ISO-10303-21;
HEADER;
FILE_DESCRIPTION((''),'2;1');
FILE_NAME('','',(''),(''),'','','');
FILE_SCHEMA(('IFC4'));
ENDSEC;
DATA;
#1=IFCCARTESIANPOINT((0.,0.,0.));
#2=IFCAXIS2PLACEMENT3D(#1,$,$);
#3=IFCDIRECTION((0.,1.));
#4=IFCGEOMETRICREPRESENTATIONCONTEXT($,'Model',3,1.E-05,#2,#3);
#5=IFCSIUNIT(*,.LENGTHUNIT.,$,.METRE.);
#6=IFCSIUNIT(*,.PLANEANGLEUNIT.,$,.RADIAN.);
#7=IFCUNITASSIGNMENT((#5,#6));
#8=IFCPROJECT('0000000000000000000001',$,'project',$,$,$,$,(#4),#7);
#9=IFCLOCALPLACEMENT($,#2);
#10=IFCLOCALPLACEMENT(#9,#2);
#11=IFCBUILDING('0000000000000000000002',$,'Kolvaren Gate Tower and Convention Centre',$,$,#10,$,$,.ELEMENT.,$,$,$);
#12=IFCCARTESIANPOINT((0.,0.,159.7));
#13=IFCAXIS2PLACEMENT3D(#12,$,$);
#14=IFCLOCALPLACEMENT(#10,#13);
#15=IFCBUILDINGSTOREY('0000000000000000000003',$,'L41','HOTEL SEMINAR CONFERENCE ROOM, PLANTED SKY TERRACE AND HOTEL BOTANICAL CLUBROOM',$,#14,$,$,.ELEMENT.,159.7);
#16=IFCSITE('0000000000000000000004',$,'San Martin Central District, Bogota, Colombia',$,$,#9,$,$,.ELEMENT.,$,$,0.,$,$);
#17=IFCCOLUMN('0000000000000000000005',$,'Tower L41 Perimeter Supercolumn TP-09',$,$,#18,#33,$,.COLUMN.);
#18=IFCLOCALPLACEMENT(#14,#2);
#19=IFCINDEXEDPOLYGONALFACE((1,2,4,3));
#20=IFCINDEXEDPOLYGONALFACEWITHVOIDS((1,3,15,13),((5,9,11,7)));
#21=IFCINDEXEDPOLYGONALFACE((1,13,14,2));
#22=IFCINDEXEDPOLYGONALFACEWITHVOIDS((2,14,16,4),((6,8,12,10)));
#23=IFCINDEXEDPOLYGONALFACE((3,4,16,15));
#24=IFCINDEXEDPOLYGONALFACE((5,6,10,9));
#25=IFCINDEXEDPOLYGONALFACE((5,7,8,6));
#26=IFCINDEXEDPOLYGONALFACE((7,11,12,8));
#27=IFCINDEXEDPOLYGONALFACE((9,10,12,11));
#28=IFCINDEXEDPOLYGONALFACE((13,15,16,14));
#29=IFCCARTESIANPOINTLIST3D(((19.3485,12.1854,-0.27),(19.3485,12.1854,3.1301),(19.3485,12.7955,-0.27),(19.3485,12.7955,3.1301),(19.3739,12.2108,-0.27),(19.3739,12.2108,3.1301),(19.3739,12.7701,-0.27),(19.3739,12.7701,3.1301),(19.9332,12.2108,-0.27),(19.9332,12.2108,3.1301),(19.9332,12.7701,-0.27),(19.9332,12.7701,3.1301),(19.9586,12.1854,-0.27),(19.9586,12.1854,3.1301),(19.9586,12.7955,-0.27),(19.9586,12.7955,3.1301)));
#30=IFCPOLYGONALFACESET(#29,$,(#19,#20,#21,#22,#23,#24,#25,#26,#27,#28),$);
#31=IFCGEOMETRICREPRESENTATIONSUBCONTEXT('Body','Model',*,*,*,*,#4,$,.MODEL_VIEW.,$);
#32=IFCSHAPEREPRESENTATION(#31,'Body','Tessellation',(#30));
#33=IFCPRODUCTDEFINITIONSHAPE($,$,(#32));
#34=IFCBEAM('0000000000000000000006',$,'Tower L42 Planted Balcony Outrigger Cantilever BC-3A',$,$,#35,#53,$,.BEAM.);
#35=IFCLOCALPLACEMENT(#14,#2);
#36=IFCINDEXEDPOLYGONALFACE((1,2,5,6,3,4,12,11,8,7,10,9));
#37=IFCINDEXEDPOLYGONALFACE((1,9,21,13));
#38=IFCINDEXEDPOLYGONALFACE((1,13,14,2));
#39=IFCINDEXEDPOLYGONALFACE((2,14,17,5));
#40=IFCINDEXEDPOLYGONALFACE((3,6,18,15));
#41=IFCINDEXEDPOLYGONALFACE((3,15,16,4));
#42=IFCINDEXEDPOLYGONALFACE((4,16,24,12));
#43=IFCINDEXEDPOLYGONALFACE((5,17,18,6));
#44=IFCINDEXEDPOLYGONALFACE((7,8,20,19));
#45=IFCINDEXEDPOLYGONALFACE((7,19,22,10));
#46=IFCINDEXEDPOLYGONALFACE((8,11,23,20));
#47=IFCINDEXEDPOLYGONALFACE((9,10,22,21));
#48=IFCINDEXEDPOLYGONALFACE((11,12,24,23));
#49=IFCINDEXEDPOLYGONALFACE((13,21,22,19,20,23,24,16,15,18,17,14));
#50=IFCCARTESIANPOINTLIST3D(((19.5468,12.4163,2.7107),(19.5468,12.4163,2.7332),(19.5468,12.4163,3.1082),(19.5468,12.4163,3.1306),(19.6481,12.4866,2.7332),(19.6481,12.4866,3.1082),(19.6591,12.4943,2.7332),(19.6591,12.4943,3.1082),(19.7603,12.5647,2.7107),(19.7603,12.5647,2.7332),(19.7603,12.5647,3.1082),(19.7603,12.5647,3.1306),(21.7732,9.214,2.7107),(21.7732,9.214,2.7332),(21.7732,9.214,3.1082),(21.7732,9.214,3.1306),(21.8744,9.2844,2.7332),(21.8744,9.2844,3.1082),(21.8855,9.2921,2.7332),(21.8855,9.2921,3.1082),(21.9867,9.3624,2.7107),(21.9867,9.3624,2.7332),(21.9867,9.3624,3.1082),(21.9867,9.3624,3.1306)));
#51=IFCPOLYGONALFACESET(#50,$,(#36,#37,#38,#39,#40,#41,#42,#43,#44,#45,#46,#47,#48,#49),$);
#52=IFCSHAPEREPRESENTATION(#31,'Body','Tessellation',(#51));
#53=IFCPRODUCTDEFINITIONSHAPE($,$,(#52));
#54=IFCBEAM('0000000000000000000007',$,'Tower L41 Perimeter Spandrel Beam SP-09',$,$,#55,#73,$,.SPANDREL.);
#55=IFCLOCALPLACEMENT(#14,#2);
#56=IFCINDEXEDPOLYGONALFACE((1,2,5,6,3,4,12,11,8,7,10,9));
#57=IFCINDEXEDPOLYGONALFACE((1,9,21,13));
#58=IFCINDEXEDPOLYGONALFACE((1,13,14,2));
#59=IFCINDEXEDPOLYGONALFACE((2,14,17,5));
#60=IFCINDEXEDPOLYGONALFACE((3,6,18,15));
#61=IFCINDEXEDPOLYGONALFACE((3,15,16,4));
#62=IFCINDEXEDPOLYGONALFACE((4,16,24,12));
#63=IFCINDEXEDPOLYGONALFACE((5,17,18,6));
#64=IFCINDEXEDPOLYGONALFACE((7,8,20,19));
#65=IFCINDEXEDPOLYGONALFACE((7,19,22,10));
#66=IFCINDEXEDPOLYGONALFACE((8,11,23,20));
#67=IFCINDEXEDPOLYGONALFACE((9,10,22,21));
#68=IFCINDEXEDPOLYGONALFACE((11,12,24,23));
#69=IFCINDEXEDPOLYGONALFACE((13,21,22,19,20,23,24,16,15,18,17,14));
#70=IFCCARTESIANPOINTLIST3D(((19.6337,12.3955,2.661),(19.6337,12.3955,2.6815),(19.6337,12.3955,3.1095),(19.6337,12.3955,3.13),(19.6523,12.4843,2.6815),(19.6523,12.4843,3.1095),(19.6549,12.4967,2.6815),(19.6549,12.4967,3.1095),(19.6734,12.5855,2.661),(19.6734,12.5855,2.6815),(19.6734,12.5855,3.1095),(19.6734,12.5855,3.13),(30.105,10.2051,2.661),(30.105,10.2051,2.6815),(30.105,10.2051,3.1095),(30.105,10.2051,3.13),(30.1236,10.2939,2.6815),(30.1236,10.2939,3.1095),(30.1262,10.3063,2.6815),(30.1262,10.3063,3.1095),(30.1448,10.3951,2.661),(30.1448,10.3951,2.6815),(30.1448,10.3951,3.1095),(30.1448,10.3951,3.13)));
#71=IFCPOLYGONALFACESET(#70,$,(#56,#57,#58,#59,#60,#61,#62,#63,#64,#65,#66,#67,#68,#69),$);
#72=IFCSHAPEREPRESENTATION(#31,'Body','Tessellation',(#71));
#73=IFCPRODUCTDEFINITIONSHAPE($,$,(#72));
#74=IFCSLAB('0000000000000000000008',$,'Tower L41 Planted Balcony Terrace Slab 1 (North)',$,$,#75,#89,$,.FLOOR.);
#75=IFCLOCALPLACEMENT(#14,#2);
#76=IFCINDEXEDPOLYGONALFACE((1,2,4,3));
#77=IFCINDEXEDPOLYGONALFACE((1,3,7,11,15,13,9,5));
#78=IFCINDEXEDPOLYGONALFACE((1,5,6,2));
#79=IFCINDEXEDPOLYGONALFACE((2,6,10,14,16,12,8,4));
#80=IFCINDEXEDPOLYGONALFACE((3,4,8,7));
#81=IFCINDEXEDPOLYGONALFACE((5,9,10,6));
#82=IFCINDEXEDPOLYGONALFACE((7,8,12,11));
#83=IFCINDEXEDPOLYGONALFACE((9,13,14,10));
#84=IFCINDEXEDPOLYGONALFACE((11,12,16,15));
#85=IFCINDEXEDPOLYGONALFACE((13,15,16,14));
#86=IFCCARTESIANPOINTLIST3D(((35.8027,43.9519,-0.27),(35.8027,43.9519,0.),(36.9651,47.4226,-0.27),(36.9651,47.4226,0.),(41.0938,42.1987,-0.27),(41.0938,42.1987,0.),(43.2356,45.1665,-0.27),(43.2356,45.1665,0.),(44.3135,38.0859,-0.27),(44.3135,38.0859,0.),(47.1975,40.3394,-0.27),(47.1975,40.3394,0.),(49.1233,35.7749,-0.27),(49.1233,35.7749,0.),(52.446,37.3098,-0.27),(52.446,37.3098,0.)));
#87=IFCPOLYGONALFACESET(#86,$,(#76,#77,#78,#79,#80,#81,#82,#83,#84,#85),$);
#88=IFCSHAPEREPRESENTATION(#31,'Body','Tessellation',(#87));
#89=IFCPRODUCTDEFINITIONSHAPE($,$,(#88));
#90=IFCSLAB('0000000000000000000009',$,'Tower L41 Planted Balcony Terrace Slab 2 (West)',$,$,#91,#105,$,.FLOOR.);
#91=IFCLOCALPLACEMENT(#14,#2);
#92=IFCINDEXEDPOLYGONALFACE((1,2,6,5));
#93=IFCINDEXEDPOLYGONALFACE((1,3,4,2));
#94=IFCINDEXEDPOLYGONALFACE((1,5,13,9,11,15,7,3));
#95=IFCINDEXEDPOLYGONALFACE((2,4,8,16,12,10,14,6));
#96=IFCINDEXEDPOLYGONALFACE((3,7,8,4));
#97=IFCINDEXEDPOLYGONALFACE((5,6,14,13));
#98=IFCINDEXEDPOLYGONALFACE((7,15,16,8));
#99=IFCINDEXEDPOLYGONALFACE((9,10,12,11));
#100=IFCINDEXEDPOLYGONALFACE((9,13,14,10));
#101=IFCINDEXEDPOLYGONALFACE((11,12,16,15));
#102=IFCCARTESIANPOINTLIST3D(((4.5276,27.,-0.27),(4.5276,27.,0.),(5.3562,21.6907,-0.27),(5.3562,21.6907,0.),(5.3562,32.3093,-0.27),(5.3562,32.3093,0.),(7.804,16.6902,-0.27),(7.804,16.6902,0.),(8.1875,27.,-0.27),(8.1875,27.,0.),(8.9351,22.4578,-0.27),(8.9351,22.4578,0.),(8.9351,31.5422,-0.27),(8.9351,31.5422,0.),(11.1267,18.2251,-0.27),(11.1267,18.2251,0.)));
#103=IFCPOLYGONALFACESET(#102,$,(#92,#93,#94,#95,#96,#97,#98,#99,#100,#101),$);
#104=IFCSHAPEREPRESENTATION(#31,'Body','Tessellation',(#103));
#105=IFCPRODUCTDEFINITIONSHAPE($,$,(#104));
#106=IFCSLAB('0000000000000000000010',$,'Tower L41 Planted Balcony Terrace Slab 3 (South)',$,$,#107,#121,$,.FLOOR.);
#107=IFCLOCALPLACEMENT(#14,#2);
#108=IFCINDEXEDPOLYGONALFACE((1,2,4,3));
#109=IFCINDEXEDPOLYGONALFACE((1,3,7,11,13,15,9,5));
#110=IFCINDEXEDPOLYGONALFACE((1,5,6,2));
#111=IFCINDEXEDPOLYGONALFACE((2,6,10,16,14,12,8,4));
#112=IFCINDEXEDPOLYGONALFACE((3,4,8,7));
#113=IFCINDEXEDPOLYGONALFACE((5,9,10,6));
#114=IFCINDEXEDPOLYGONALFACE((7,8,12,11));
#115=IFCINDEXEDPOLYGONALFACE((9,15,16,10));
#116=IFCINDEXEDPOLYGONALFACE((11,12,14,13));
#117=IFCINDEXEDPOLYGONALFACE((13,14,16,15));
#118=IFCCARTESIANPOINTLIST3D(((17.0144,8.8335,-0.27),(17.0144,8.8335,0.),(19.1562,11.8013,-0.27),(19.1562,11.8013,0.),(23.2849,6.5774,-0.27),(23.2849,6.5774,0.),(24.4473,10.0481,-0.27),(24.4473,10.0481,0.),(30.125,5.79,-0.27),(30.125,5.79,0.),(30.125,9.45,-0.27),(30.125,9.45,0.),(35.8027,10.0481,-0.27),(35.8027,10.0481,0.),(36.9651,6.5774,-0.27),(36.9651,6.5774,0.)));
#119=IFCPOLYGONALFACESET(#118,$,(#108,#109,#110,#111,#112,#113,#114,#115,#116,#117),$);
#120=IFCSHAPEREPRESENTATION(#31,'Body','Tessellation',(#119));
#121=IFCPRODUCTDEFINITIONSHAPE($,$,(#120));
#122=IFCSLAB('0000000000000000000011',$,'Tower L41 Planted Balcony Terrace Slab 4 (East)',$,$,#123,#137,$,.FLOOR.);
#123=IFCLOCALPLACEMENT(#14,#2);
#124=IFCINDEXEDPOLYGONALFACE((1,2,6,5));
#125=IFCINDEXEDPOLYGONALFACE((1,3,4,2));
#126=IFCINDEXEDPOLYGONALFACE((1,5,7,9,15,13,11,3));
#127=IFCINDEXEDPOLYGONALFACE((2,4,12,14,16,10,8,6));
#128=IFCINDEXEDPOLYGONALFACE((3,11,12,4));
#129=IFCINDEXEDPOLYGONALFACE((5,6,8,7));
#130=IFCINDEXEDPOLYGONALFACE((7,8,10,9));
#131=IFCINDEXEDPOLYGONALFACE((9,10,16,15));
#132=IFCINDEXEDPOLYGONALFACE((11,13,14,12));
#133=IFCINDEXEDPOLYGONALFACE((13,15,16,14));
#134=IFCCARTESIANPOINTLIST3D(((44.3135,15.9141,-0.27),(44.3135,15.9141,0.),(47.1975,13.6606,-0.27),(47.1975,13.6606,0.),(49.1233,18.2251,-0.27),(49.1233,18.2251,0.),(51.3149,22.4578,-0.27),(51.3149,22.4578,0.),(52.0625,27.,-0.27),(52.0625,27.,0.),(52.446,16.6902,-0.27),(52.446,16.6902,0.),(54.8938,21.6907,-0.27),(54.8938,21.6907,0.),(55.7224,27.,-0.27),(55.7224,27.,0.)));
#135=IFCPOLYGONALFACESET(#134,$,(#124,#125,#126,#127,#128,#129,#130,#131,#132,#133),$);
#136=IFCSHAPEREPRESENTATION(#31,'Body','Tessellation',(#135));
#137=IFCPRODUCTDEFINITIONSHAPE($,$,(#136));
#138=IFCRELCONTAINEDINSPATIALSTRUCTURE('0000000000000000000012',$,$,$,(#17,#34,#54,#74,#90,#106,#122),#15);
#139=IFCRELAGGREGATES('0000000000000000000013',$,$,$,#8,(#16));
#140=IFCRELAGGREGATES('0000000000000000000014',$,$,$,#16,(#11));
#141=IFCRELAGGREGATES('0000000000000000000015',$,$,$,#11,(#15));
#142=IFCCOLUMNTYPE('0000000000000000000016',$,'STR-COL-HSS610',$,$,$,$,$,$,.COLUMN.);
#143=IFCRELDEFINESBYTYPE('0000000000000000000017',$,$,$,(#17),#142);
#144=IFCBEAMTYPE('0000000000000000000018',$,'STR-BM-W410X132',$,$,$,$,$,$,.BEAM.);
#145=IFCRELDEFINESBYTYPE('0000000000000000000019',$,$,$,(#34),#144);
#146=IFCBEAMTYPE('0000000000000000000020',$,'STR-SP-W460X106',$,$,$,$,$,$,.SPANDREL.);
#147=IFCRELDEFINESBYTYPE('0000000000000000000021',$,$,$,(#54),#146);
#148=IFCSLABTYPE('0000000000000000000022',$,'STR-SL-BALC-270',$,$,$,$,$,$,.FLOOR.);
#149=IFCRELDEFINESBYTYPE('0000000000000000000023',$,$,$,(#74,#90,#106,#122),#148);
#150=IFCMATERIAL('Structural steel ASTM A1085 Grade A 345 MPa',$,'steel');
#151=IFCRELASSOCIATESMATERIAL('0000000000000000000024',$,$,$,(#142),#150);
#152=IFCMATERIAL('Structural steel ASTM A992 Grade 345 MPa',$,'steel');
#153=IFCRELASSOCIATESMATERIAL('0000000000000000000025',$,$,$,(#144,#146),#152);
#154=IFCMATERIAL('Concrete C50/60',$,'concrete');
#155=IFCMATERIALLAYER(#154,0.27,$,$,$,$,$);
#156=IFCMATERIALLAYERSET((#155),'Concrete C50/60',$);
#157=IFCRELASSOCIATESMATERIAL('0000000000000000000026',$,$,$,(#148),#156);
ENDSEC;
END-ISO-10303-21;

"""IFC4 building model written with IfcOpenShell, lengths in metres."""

from ifc_helpers import new_model, si_unit, direction, frame, origin, origin_2d, place, context, subcontext, project, spatial, polyline, hollow_rectangle, i_section, outline, extrude, material, layer, layer_set, material_profile, profile_set, type_object, element, save


model = new_model("IFC4")

# Units and contexts
model_context = context("Model", 3, precision=1e-05, world=origin(), true_north=direction((0.0, 1.0)))
body_context = subcontext(model_context, "Body", "Model", "MODEL_VIEW")
ifc_project = project(units=[si_unit("LENGTHUNIT", "METRE"), si_unit("PLANEANGLEUNIT", "RADIAN")], contexts=[model_context])

# Site, building, storey
site_placement = place(None, origin())
site = spatial("IfcSite", under=ifc_project, at=site_placement, Name="San Martin Central District, Bogota, Colombia", CompositionType="ELEMENT", RefElevation=0.0)
building_placement = place(site_placement, origin())
building = spatial("IfcBuilding", under=site, at=building_placement, Name="Kolvaren Gate Tower and Convention Centre", CompositionType="ELEMENT")
storey_placement = place(building_placement, frame((0.0, 0.0, 159.7)))
storey = spatial("IfcBuildingStorey", under=building, at=storey_placement, Name="L41", Description="HOTEL SEMINAR CONFERENCE ROOM, PLANTED SKY TERRACE AND HOTEL BOTANICAL CLUBROOM", CompositionType="ELEMENT", Elevation=159.7)

# Column
ifc_material_1 = material(Name="Structural steel ASTM A1085 Grade A 345 MPa", Category="steel")
ifc_material_profile_1 = material_profile(ifc_material_1, hollow_rectangle(XDim=0.6101, YDim=0.6101, WallThickness=0.0254, at=origin_2d()), Name="HSS610X610X25.4")
ifc_profile_set_1 = profile_set([ifc_material_profile_1], Name="Structural steel ASTM A1085 Grade A 345 MPa")
column_type = type_object("IfcColumnType", Name="STR-COL-HSS610", PredefinedType="COLUMN", material=ifc_profile_set_1)
column_placement = place(storey_placement, frame((19.6536, 12.4905, -0.27), z_axis=(0.0, 0.0, 1.0), x_axis=(1.0, 0.0, 0.0)))
element("IfcColumn", 1, at=column_placement, inside=storey, type_object=column_type, Name="Tower L41 Perimeter Supercolumn TP-09", PredefinedType="COLUMN", context=body_context, shape_type="SweptSolid", body=[
    extrude(hollow_rectangle(XDim=0.6101, YDim=0.6101, WallThickness=0.0254, at=origin_2d()), origin(), (0.0, 0.0, 1.0), 3.4001),
])

# Beams
ifc_material_2 = material(Name="Structural steel ASTM A992 Grade 345 MPa", Category="steel")
ifc_material_profile_2 = material_profile(ifc_material_2, i_section(OverallWidth=0.26, OverallDepth=0.4199, WebThickness=0.0134, FlangeThickness=0.0225, at=origin_2d()), Name="W410X132")
ifc_profile_set_2 = profile_set([ifc_material_profile_2], Name="Structural steel ASTM A992 Grade 345 MPa")
beam_type_1 = type_object("IfcBeamType", Name="STR-BM-W410X132", PredefinedType="BEAM", material=ifc_profile_set_2)
beam_1_placement = place(storey_placement, frame((19.6536, 12.4905, 2.9207), z_axis=(0.570846, -0.821057, 0.0), x_axis=(0.821057, 0.570846, 0.0)))
element("IfcBeam", 2, at=beam_1_placement, inside=storey, type_object=beam_type_1, Name="Tower L42 Planted Balcony Outrigger Cantilever BC-3A", PredefinedType="BEAM", context=body_context, shape_type="SweptSolid", body=[
    extrude(i_section(OverallWidth=0.26, OverallDepth=0.4199, WebThickness=0.0134, FlangeThickness=0.0225, at=origin_2d()), origin(), (0.0, 0.0, 1.0), 3.9001),
])
ifc_material_profile_3 = material_profile(ifc_material_2, i_section(OverallWidth=0.1941, OverallDepth=0.469, WebThickness=0.0127, FlangeThickness=0.0205, at=origin_2d()), Name="W460X106")
ifc_profile_set_3 = profile_set([ifc_material_profile_3], Name="Structural steel ASTM A992 Grade 345 MPa")
beam_type_2 = type_object("IfcBeamType", Name="STR-SP-W460X106", PredefinedType="SPANDREL", material=ifc_profile_set_3)
beam_2_placement = place(storey_placement, frame((19.6536, 12.4905, 2.8955), z_axis=(0.978814, -0.20475, 0.0), x_axis=(0.20475, 0.978814, 0.0)))
element("IfcBeam", 3, at=beam_2_placement, inside=storey, type_object=beam_type_2, Name="Tower L41 Perimeter Spandrel Beam SP-09", PredefinedType="SPANDREL", context=body_context, shape_type="SweptSolid", body=[
    extrude(i_section(OverallWidth=0.1941, OverallDepth=0.469, WebThickness=0.0127, FlangeThickness=0.0205, at=origin_2d()), origin(), (0.0, 0.0, 1.0), 10.698),
])

# Slabs
ifc_material_3 = material(Name="Concrete C50/60", Category="concrete")
ifc_layer_1 = layer(ifc_material_3, 0.27)
ifc_layer_set_1 = layer_set([ifc_layer_1], Name="Concrete C50/60")
slab_type_1 = type_object("IfcSlabType", Name="STR-SL-BALC-270", PredefinedType="FLOOR", material=ifc_layer_set_1)
slab_1_placement = place(storey_placement, frame((0.0, 0.0, -0.27)))
element("IfcSlab", 4, at=slab_1_placement, inside=storey, type_object=slab_type_1, Name="Tower L41 Planted Balcony Terrace Slab 1 (North)", PredefinedType="FLOOR", context=body_context, shape_type="SweptSolid", body=[
    extrude(outline(polyline([(49.1233, 35.7749), (44.3135, 38.0859), (41.0938, 42.1987), (35.8027, 43.9519), (36.9651, 47.4226), (43.2356, 45.1665), (47.1975, 40.3394), (52.446, 37.3098), (49.1233, 35.7749)])), origin(), (0.0, 0.0, 1.0), 0.27),
])
slab_2_placement = place(storey_placement, frame((0.0, 0.0, -0.27)))
element("IfcSlab", 5, at=slab_2_placement, inside=storey, type_object=slab_type_1, Name="Tower L41 Planted Balcony Terrace Slab 2 (West)", PredefinedType="FLOOR", context=body_context, shape_type="SweptSolid", body=[
    extrude(outline(polyline([(8.9351, 31.5422), (8.1875, 27.0), (8.9351, 22.4578), (11.1267, 18.2251), (7.804, 16.6902), (5.3562, 21.6907), (4.5276, 27.0), (5.3562, 32.3093), (8.9351, 31.5422)])), origin(), (0.0, 0.0, 1.0), 0.27),
])
slab_3_placement = place(storey_placement, frame((0.0, 0.0, -0.27)))
element("IfcSlab", 6, at=slab_3_placement, inside=storey, type_object=slab_type_1, Name="Tower L41 Planted Balcony Terrace Slab 3 (South)", PredefinedType="FLOOR", context=body_context, shape_type="SweptSolid", body=[
    extrude(outline(polyline([(19.1562, 11.8013), (24.4473, 10.0481), (30.125, 9.45), (35.8027, 10.0481), (36.9651, 6.5774), (30.125, 5.79), (23.2849, 6.5774), (17.0144, 8.8335), (19.1562, 11.8013)])), origin(), (0.0, 0.0, 1.0), 0.27),
])
slab_4_placement = place(storey_placement, frame((0.0, 0.0, -0.27)))
element("IfcSlab", 7, at=slab_4_placement, inside=storey, type_object=slab_type_1, Name="Tower L41 Planted Balcony Terrace Slab 4 (East)", PredefinedType="FLOOR", context=body_context, shape_type="SweptSolid", body=[
    extrude(outline(polyline([(44.3135, 15.9141), (49.1233, 18.2251), (51.3149, 22.4578), (52.0625, 27.0), (55.7224, 27.0), (54.8938, 21.6907), (52.446, 16.6902), (47.1975, 13.6606), (44.3135, 15.9141)])), origin(), (0.0, 0.0, 1.0), 0.27),
])

save(model, "model.ifc")
